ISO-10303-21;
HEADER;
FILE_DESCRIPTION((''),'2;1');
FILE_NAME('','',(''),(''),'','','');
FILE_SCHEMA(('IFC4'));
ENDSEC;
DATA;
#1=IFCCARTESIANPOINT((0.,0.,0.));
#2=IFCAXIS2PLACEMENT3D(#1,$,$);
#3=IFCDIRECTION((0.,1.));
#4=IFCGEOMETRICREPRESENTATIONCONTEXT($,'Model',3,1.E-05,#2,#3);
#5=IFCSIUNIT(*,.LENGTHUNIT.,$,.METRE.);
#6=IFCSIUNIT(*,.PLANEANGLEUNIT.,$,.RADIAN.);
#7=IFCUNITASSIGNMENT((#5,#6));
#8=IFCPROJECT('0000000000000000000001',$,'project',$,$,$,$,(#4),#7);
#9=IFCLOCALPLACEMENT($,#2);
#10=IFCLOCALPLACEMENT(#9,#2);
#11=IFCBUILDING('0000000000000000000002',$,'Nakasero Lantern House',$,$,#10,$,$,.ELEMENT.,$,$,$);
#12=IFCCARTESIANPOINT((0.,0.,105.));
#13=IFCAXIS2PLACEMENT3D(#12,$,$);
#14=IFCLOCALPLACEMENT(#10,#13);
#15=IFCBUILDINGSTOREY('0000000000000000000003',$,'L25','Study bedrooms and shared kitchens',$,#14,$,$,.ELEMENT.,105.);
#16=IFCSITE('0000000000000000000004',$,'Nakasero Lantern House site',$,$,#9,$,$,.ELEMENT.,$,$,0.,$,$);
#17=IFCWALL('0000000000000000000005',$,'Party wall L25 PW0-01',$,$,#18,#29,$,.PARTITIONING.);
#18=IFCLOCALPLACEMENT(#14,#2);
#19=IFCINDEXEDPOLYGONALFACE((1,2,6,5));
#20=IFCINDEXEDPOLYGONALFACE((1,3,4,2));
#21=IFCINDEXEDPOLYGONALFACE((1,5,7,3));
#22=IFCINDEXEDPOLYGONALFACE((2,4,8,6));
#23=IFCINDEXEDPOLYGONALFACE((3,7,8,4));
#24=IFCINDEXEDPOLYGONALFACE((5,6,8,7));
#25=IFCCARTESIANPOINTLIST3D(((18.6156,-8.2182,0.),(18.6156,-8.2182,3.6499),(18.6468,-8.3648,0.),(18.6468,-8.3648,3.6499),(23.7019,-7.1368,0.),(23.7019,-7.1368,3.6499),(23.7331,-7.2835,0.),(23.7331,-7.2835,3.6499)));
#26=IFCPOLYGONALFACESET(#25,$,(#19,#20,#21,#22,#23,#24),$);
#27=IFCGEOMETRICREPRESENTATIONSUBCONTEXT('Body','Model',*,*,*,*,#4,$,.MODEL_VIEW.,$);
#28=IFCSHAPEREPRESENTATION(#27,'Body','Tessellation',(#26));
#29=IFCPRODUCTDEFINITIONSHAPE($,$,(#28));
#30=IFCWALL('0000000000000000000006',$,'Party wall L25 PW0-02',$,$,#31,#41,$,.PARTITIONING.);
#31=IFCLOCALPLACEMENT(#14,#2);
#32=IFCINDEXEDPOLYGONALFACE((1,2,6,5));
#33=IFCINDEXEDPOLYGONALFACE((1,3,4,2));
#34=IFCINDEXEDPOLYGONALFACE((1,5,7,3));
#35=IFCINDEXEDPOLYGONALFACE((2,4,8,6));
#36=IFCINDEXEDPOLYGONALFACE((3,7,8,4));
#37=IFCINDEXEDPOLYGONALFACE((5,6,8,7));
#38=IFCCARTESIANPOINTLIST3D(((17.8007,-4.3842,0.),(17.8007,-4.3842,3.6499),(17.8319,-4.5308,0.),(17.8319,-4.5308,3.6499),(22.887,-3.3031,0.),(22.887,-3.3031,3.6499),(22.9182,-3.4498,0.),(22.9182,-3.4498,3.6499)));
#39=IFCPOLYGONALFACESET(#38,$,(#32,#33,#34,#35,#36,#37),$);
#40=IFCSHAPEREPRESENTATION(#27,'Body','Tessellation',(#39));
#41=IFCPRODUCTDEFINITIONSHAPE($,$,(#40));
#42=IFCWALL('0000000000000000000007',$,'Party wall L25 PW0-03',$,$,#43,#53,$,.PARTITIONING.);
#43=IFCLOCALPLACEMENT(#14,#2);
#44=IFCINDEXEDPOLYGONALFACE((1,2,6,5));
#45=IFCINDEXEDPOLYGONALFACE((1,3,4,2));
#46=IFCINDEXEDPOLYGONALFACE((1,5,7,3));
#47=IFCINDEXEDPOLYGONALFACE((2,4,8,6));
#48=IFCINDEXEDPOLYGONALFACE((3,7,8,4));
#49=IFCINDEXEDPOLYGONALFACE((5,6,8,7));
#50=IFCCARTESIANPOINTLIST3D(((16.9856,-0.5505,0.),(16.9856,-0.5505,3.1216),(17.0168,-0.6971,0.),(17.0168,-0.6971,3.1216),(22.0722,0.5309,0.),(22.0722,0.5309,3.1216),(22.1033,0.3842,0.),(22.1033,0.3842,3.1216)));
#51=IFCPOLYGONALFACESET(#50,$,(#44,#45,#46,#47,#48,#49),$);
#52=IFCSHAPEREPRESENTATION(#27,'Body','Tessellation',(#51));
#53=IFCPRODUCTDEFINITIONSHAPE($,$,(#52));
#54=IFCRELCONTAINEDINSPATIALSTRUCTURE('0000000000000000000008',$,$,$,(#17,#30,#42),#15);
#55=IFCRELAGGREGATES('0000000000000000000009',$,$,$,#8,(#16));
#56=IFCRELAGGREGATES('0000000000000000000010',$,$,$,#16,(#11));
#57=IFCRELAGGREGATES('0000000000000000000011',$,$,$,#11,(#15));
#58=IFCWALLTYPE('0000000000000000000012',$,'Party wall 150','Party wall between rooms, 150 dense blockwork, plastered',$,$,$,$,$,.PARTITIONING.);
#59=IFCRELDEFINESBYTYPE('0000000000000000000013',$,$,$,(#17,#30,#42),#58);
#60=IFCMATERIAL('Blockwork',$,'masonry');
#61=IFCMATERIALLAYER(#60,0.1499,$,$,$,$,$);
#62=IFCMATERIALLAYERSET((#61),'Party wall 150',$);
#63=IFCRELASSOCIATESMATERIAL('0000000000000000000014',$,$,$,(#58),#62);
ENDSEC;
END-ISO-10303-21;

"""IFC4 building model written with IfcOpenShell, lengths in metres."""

from ifc_helpers import new_model, si_unit, direction, frame, frame_2d, origin, place, context, subcontext, project, spatial, rectangle, extrude, material, layer, layer_set, type_object, element, save


model = new_model("IFC4")

# Units and contexts
model_context = context("Model", 3, precision=1e-05, world=origin(), true_north=direction((0.0, 1.0)))
body_context = subcontext(model_context, "Body", "Model", "MODEL_VIEW")
ifc_project = project(units=[si_unit("LENGTHUNIT", "METRE"), si_unit("PLANEANGLEUNIT", "RADIAN")], contexts=[model_context])

# Site, building, storey
site_placement = place(None, origin())
site = spatial("IfcSite", under=ifc_project, at=site_placement, Name="Nakasero Lantern House site", CompositionType="ELEMENT", RefElevation=0.0)
building_placement = place(site_placement, origin())
building = spatial("IfcBuilding", under=site, at=building_placement, Name="Nakasero Lantern House", CompositionType="ELEMENT")
storey_placement = place(building_placement, frame((0.0, 0.0, 105.0)))
storey = spatial("IfcBuildingStorey", under=building, at=storey_placement, Name="L25", Description="Study bedrooms and shared kitchens", CompositionType="ELEMENT", Elevation=105.0)

# Walls
ifc_material_1 = material(Name="Blockwork", Category="masonry")
ifc_layer_1 = layer(ifc_material_1, 0.1499)
ifc_layer_set_1 = layer_set([ifc_layer_1], Name="Party wall 150")
wall_type_1 = type_object("IfcWallType", Name="Party wall 150", Description="Party wall between rooms, 150 dense blockwork, plastered", PredefinedType="PARTITIONING", material=ifc_layer_set_1)
for number, where, z_axis, x_axis, name in (
    (1, (18.6311, -8.2915, 0.0), (0.0, 0.0, 1.0), (0.97814, 0.207948, 0.0), "Party wall L25 PW0-01"),
    (2, (17.8162, -4.4575, 0.0), (0.0, 0.0, 1.0), (0.978151, 0.207894, 0.0), "Party wall L25 PW0-02"),
):
    element("IfcWall", number, at=place(storey_placement, frame(where, z_axis=z_axis, x_axis=x_axis)), inside=storey, type_object=wall_type_1, Name=name, PredefinedType="PARTITIONING", context=body_context, shape_type="SweptSolid", body=[
        extrude(rectangle(XDim=5.2, YDim=0.1499, at=frame_2d((2.6001, 0.0))), origin(), (0.0, 0.0, 1.0), 3.6499),
    ])
wall_1_placement = place(storey_placement, frame((17.0012, -0.6238, 0.0), z_axis=(0.0, 0.0, 1.0), x_axis=(0.978142, 0.207938, 0.0)))
element("IfcWall", 3, at=wall_1_placement, inside=storey, type_object=wall_type_1, Name="Party wall L25 PW0-03", PredefinedType="PARTITIONING", context=body_context, shape_type="SweptSolid", body=[
    extrude(rectangle(XDim=5.2002, YDim=0.1499, at=frame_2d((2.6001, 0.0))), origin(), (0.0, 0.0, 1.0), 3.1216),
])

save(model, "model.ifc")
